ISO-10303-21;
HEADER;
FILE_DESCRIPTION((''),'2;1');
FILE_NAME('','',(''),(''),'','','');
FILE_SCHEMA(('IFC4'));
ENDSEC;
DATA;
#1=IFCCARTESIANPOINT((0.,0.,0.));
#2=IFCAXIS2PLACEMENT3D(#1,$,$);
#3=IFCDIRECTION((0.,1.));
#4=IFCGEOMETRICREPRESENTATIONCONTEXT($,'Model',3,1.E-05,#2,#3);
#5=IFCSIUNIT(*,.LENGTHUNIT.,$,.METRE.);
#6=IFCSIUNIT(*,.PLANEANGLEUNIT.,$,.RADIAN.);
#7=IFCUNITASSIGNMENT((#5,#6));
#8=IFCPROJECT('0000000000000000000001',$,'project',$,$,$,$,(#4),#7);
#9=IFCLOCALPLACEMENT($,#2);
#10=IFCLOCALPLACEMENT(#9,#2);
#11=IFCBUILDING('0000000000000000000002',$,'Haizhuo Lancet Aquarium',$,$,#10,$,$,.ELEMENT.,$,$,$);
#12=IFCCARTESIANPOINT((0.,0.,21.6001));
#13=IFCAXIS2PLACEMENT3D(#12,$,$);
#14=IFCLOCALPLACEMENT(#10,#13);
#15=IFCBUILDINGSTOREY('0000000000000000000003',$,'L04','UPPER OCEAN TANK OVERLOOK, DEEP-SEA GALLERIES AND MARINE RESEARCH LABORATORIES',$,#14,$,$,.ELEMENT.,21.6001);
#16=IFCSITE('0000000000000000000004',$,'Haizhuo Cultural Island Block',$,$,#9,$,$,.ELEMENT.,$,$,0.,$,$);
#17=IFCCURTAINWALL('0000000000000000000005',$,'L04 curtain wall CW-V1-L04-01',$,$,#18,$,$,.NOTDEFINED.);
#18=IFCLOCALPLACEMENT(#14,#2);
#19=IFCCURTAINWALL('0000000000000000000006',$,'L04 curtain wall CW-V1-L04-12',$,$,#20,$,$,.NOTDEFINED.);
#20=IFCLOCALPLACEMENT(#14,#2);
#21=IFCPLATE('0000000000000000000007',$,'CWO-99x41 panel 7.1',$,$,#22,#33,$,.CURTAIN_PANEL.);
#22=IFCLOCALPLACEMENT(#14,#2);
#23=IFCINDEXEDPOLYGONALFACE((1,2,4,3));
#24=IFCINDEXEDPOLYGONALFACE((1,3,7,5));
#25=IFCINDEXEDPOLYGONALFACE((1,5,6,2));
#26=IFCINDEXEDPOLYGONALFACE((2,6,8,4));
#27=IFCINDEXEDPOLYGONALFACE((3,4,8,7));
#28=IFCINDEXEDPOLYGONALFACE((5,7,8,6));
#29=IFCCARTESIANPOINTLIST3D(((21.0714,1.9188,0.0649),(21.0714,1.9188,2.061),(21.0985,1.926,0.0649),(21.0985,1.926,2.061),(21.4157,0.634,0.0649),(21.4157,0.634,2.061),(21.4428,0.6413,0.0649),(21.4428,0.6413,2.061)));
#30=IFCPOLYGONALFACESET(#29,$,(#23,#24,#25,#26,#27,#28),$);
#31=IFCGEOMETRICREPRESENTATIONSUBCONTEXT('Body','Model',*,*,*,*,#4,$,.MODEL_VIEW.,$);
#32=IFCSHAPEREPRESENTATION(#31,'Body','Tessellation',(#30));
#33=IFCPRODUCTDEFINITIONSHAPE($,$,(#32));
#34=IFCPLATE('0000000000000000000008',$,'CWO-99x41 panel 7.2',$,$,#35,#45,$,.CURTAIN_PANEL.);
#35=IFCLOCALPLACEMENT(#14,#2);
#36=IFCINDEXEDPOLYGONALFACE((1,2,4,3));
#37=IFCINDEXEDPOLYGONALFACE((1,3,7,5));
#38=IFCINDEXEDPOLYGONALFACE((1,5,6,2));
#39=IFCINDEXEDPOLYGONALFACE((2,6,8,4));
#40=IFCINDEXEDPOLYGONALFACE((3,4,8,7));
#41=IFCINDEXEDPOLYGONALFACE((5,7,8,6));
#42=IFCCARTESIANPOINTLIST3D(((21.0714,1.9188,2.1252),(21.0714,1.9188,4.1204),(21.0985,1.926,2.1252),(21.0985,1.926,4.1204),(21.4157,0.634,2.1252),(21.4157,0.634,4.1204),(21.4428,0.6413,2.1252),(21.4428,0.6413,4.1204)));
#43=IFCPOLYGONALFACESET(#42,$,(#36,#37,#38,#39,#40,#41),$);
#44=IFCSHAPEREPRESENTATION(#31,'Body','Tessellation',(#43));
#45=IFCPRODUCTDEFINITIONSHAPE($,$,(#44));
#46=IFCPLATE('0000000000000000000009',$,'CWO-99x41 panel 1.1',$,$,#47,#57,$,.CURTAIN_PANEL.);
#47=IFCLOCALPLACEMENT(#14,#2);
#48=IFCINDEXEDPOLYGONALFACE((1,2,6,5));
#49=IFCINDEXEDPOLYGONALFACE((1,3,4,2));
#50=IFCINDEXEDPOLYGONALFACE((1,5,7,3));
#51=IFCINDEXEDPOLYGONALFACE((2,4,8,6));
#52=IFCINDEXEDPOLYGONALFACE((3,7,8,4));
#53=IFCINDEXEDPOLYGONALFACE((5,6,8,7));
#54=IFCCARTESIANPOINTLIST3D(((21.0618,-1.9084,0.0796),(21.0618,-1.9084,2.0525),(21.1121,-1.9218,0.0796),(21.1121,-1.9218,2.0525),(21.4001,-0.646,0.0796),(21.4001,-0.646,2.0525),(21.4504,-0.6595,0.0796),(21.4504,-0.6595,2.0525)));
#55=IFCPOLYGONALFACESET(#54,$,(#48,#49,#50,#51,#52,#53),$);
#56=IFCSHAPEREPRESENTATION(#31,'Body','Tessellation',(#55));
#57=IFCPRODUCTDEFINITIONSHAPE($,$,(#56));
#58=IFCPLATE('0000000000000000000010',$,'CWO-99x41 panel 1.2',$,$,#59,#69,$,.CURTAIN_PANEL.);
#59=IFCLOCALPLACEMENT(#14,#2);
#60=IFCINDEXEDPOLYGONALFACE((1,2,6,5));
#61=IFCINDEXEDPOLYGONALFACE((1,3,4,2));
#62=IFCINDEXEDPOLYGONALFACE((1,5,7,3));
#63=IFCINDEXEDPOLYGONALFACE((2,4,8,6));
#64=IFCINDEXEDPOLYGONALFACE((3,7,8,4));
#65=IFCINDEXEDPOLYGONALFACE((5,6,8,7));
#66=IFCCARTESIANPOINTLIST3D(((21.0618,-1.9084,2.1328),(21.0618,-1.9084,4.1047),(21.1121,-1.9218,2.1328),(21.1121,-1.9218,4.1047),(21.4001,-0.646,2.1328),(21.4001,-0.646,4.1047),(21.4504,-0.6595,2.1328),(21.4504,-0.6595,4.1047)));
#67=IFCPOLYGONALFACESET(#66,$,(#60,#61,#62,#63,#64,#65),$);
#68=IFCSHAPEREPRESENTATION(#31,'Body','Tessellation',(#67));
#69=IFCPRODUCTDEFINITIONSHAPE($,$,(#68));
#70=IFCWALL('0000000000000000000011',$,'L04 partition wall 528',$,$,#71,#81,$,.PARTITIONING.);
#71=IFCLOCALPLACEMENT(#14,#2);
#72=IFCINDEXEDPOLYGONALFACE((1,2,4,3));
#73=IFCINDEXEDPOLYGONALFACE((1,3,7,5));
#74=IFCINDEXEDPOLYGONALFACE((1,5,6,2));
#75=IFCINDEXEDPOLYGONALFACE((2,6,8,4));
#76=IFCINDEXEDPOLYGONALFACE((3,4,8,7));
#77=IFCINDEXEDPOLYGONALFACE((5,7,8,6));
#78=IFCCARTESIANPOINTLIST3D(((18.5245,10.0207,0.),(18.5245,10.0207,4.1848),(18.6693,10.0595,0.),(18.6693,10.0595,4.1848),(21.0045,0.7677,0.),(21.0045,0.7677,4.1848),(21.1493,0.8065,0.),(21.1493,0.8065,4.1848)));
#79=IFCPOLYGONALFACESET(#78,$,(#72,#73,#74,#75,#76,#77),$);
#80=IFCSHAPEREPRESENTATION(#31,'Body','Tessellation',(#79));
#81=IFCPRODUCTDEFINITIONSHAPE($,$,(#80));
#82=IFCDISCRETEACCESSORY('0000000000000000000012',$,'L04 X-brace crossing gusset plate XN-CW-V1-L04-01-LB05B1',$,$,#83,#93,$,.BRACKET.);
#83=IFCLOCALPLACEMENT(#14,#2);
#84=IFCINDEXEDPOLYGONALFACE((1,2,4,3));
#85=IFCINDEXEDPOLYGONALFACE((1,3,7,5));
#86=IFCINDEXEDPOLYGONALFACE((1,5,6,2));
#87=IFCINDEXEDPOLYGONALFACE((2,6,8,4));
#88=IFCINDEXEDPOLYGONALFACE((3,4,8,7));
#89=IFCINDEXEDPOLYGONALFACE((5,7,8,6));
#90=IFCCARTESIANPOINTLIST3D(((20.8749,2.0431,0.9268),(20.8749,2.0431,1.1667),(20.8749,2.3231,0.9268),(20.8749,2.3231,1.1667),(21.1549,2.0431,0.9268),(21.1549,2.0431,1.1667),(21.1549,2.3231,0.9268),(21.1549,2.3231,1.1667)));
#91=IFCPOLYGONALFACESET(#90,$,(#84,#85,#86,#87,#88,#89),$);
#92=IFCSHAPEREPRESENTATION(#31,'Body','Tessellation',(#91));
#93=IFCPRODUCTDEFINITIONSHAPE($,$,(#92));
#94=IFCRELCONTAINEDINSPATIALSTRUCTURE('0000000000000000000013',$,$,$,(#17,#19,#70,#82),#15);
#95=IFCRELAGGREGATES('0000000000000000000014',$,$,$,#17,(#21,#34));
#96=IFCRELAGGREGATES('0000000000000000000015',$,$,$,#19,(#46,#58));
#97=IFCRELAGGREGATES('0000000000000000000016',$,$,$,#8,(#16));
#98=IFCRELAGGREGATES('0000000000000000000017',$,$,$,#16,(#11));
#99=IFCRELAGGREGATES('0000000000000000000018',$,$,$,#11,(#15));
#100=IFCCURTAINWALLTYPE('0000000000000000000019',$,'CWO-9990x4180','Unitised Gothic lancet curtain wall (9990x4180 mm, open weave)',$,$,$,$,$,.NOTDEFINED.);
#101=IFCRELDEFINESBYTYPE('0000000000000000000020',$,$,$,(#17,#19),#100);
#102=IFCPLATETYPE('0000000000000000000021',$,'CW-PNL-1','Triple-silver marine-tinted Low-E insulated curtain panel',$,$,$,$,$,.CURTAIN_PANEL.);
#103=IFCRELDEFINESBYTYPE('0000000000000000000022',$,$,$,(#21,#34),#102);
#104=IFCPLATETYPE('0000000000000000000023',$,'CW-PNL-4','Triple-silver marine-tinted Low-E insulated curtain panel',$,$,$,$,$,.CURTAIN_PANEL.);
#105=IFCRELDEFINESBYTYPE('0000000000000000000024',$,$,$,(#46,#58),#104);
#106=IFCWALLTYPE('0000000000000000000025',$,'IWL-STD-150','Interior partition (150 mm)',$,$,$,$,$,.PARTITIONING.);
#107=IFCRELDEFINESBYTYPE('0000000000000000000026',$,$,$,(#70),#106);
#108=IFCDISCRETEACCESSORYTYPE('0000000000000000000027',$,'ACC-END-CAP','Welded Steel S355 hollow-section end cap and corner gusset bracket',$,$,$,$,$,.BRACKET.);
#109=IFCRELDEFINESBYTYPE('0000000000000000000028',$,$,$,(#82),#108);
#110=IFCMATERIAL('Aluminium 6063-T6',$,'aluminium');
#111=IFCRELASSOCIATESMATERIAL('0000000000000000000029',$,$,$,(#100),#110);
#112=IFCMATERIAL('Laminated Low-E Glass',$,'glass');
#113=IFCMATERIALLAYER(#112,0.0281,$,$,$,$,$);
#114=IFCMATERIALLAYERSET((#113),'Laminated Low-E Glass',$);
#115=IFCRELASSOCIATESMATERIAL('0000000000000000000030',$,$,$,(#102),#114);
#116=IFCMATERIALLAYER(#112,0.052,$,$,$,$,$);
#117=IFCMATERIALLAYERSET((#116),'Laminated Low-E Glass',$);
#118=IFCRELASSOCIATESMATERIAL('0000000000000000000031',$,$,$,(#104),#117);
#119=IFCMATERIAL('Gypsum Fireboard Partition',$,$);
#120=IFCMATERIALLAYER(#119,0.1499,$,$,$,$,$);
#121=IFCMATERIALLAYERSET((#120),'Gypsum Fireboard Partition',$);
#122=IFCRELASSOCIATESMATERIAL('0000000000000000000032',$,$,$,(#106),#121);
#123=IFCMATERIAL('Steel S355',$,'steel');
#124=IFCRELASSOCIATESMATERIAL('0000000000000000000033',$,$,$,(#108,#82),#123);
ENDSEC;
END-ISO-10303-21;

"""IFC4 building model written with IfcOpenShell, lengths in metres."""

from ifc_helpers import new_model, si_unit, direction, frame, frame_2d, origin, origin_2d, place, context, subcontext, project, spatial, rectangle, extrude, material, layer, layer_set, type_object, element, aggregate, save


model = new_model("IFC4")

# Units and contexts
model_context = context("Model", 3, precision=1e-05, world=origin(), true_north=direction((0.0, 1.0)))
body_context = subcontext(model_context, "Body", "Model", "MODEL_VIEW")
ifc_project = project(units=[si_unit("LENGTHUNIT", "METRE"), si_unit("PLANEANGLEUNIT", "RADIAN")], contexts=[model_context])

# Site, building, storey
site_placement = place(None, origin())
site = spatial("IfcSite", under=ifc_project, at=site_placement, Name="Haizhuo Cultural Island Block", CompositionType="ELEMENT", RefElevation=0.0)
building_placement = place(site_placement, origin())
building = spatial("IfcBuilding", under=site, at=building_placement, Name="Haizhuo Lancet Aquarium", CompositionType="ELEMENT")
storey_placement = place(building_placement, frame((0.0, 0.0, 21.6001)))
storey = spatial("IfcBuildingStorey", under=building, at=storey_placement, Name="L04", Description="UPPER OCEAN TANK OVERLOOK, DEEP-SEA GALLERIES AND MARINE RESEARCH LABORATORIES", CompositionType="ELEMENT", Elevation=21.6001)

# Curtain walls
ifc_material_1 = material(Name="Aluminium 6063-T6", Category="aluminium")
curtain_wall_type = type_object("IfcCurtainWallType", Name="CWO-9990x4180", Description="Unitised Gothic lancet curtain wall (9990x4180 mm, open weave)", PredefinedType="NOTDEFINED", material=ifc_material_1)
curtain_wall_1_placement = place(storey_placement, origin())
curtain_wall_1 = element("IfcCurtainWall", 1, at=curtain_wall_1_placement, inside=storey, type_object=curtain_wall_type, Name="L04 curtain wall CW-V1-L04-01", PredefinedType="NOTDEFINED")
curtain_wall_2_placement = place(storey_placement, origin())
curtain_wall_2 = element("IfcCurtainWall", 2, at=curtain_wall_2_placement, inside=storey, type_object=curtain_wall_type, Name="L04 curtain wall CW-V1-L04-12", PredefinedType="NOTDEFINED")

# Shared definitions
ifc_material_2 = material(Name="Steel S355", Category="steel")

# Plates
ifc_material_3 = material(Name="Laminated Low-E Glass", Category="glass")
ifc_layer_1 = layer(ifc_material_3, 0.0281)
ifc_layer_set_1 = layer_set([ifc_layer_1], Name="Laminated Low-E Glass")
plate_type_1 = type_object("IfcPlateType", Name="CW-PNL-1", Description="Triple-silver marine-tinted Low-E insulated curtain panel", PredefinedType="CURTAIN_PANEL", material=ifc_layer_set_1)
plate_1_placement = place(storey_placement, frame((21.2571, 1.28, 0.0649), z_axis=(0.0, 0.0, 1.0), x_axis=(0.258853, -0.965917, 0.0)))
plate_1 = element("IfcPlate", 3, at=plate_1_placement, type_object=plate_type_1, Name="CWO-99x41 panel 7.1", PredefinedType="CURTAIN_PANEL", context=body_context, shape_type="SweptSolid", body=[
    extrude(rectangle(XDim=1.3301, YDim=0.0281, at=origin_2d()), origin(), (0.0, 0.0, 1.0), 1.9961),
])
plate_2_placement = place(storey_placement, frame((21.2571, 1.28, 2.1252), z_axis=(0.0, 0.0, 1.0), x_axis=(0.258853, -0.965917, 0.0)))
plate_2 = element("IfcPlate", 4, at=plate_2_placement, type_object=plate_type_1, Name="CWO-99x41 panel 7.2", PredefinedType="CURTAIN_PANEL", context=body_context, shape_type="SweptSolid", body=[
    extrude(rectangle(XDim=1.3301, YDim=0.0281, at=origin_2d()), origin(), (0.0, 0.0, 1.0), 1.9951),
])
aggregate(curtain_wall_1, [plate_1, plate_2])
ifc_layer_2 = layer(ifc_material_3, 0.052)
ifc_layer_set_2 = layer_set([ifc_layer_2], Name="Laminated Low-E Glass")
plate_type_2 = type_object("IfcPlateType", Name="CW-PNL-4", Description="Triple-silver marine-tinted Low-E insulated curtain panel", PredefinedType="CURTAIN_PANEL", material=ifc_layer_set_2)
plate_3_placement = place(storey_placement, frame((21.2561, -1.2839, 0.0796), z_axis=(0.0, 0.0, 1.0), x_axis=(-0.258853, -0.965917, 0.0)))
plate_3 = element("IfcPlate", 5, at=plate_3_placement, type_object=plate_type_2, Name="CWO-99x41 panel 1.1", PredefinedType="CURTAIN_PANEL", context=body_context, shape_type="SweptSolid", body=[
    extrude(rectangle(XDim=1.3069, YDim=0.052, at=origin_2d()), origin(), (0.0, 0.0, 1.0), 1.9729),
])
plate_4_placement = place(storey_placement, frame((21.2561, -1.2839, 2.1328), z_axis=(0.0, 0.0, 1.0), x_axis=(-0.258853, -0.965917, 0.0)))
plate_4 = element("IfcPlate", 6, at=plate_4_placement, type_object=plate_type_2, Name="CWO-99x41 panel 1.2", PredefinedType="CURTAIN_PANEL", context=body_context, shape_type="SweptSolid", body=[
    extrude(rectangle(XDim=1.3069, YDim=0.052, at=origin_2d()), origin(), (0.0, 0.0, 1.0), 1.9719),
])
aggregate(curtain_wall_2, [plate_3, plate_4])

# Wall
ifc_material_4 = material(Name="Gypsum Fireboard Partition")
ifc_layer_3 = layer(ifc_material_4, 0.1499)
ifc_layer_set_3 = layer_set([ifc_layer_3], Name="Gypsum Fireboard Partition")
wall_type = type_object("IfcWallType", Name="IWL-STD-150", Description="Interior partition (150 mm)", PredefinedType="PARTITIONING", material=ifc_layer_set_3)
wall_placement = place(storey_placement, frame((21.0769, 0.7871, 0.0), z_axis=(0.0, 0.0, 1.0), x_axis=(-0.258884, 0.965908, 0.0)))
element("IfcWall", 7, at=wall_placement, inside=storey, type_object=wall_type, Name="L04 partition wall 528", PredefinedType="PARTITIONING", context=body_context, shape_type="SweptSolid", body=[
    extrude(rectangle(XDim=9.5796, YDim=0.1499, at=frame_2d((4.7898, 0.0))), origin(), (0.0, 0.0, 1.0), 4.1848),
])

# Discrete accessory
discrete_accessory_type = type_object("IfcDiscreteAccessoryType", Name="ACC-END-CAP", Description="Welded Steel S355 hollow-section end cap and corner gusset bracket", PredefinedType="BRACKET", material=ifc_material_2)
discrete_accessory_placement = place(storey_placement, frame((21.0149, 2.1831, 0.9268), z_axis=(0.0, 0.0, 1.0), x_axis=(1.0, 0.0, 0.0)))
element("IfcDiscreteAccessory", 8, at=discrete_accessory_placement, inside=storey, type_object=discrete_accessory_type, material=ifc_material_2, Name="L04 X-brace crossing gusset plate XN-CW-V1-L04-01-LB05B1", PredefinedType="BRACKET", context=body_context, shape_type="SweptSolid", body=[
    extrude(rectangle(XDim=0.28, YDim=0.28, at=origin_2d()), origin(), (0.0, 0.0, 1.0), 0.24),
])

save(model, "model.ifc")
